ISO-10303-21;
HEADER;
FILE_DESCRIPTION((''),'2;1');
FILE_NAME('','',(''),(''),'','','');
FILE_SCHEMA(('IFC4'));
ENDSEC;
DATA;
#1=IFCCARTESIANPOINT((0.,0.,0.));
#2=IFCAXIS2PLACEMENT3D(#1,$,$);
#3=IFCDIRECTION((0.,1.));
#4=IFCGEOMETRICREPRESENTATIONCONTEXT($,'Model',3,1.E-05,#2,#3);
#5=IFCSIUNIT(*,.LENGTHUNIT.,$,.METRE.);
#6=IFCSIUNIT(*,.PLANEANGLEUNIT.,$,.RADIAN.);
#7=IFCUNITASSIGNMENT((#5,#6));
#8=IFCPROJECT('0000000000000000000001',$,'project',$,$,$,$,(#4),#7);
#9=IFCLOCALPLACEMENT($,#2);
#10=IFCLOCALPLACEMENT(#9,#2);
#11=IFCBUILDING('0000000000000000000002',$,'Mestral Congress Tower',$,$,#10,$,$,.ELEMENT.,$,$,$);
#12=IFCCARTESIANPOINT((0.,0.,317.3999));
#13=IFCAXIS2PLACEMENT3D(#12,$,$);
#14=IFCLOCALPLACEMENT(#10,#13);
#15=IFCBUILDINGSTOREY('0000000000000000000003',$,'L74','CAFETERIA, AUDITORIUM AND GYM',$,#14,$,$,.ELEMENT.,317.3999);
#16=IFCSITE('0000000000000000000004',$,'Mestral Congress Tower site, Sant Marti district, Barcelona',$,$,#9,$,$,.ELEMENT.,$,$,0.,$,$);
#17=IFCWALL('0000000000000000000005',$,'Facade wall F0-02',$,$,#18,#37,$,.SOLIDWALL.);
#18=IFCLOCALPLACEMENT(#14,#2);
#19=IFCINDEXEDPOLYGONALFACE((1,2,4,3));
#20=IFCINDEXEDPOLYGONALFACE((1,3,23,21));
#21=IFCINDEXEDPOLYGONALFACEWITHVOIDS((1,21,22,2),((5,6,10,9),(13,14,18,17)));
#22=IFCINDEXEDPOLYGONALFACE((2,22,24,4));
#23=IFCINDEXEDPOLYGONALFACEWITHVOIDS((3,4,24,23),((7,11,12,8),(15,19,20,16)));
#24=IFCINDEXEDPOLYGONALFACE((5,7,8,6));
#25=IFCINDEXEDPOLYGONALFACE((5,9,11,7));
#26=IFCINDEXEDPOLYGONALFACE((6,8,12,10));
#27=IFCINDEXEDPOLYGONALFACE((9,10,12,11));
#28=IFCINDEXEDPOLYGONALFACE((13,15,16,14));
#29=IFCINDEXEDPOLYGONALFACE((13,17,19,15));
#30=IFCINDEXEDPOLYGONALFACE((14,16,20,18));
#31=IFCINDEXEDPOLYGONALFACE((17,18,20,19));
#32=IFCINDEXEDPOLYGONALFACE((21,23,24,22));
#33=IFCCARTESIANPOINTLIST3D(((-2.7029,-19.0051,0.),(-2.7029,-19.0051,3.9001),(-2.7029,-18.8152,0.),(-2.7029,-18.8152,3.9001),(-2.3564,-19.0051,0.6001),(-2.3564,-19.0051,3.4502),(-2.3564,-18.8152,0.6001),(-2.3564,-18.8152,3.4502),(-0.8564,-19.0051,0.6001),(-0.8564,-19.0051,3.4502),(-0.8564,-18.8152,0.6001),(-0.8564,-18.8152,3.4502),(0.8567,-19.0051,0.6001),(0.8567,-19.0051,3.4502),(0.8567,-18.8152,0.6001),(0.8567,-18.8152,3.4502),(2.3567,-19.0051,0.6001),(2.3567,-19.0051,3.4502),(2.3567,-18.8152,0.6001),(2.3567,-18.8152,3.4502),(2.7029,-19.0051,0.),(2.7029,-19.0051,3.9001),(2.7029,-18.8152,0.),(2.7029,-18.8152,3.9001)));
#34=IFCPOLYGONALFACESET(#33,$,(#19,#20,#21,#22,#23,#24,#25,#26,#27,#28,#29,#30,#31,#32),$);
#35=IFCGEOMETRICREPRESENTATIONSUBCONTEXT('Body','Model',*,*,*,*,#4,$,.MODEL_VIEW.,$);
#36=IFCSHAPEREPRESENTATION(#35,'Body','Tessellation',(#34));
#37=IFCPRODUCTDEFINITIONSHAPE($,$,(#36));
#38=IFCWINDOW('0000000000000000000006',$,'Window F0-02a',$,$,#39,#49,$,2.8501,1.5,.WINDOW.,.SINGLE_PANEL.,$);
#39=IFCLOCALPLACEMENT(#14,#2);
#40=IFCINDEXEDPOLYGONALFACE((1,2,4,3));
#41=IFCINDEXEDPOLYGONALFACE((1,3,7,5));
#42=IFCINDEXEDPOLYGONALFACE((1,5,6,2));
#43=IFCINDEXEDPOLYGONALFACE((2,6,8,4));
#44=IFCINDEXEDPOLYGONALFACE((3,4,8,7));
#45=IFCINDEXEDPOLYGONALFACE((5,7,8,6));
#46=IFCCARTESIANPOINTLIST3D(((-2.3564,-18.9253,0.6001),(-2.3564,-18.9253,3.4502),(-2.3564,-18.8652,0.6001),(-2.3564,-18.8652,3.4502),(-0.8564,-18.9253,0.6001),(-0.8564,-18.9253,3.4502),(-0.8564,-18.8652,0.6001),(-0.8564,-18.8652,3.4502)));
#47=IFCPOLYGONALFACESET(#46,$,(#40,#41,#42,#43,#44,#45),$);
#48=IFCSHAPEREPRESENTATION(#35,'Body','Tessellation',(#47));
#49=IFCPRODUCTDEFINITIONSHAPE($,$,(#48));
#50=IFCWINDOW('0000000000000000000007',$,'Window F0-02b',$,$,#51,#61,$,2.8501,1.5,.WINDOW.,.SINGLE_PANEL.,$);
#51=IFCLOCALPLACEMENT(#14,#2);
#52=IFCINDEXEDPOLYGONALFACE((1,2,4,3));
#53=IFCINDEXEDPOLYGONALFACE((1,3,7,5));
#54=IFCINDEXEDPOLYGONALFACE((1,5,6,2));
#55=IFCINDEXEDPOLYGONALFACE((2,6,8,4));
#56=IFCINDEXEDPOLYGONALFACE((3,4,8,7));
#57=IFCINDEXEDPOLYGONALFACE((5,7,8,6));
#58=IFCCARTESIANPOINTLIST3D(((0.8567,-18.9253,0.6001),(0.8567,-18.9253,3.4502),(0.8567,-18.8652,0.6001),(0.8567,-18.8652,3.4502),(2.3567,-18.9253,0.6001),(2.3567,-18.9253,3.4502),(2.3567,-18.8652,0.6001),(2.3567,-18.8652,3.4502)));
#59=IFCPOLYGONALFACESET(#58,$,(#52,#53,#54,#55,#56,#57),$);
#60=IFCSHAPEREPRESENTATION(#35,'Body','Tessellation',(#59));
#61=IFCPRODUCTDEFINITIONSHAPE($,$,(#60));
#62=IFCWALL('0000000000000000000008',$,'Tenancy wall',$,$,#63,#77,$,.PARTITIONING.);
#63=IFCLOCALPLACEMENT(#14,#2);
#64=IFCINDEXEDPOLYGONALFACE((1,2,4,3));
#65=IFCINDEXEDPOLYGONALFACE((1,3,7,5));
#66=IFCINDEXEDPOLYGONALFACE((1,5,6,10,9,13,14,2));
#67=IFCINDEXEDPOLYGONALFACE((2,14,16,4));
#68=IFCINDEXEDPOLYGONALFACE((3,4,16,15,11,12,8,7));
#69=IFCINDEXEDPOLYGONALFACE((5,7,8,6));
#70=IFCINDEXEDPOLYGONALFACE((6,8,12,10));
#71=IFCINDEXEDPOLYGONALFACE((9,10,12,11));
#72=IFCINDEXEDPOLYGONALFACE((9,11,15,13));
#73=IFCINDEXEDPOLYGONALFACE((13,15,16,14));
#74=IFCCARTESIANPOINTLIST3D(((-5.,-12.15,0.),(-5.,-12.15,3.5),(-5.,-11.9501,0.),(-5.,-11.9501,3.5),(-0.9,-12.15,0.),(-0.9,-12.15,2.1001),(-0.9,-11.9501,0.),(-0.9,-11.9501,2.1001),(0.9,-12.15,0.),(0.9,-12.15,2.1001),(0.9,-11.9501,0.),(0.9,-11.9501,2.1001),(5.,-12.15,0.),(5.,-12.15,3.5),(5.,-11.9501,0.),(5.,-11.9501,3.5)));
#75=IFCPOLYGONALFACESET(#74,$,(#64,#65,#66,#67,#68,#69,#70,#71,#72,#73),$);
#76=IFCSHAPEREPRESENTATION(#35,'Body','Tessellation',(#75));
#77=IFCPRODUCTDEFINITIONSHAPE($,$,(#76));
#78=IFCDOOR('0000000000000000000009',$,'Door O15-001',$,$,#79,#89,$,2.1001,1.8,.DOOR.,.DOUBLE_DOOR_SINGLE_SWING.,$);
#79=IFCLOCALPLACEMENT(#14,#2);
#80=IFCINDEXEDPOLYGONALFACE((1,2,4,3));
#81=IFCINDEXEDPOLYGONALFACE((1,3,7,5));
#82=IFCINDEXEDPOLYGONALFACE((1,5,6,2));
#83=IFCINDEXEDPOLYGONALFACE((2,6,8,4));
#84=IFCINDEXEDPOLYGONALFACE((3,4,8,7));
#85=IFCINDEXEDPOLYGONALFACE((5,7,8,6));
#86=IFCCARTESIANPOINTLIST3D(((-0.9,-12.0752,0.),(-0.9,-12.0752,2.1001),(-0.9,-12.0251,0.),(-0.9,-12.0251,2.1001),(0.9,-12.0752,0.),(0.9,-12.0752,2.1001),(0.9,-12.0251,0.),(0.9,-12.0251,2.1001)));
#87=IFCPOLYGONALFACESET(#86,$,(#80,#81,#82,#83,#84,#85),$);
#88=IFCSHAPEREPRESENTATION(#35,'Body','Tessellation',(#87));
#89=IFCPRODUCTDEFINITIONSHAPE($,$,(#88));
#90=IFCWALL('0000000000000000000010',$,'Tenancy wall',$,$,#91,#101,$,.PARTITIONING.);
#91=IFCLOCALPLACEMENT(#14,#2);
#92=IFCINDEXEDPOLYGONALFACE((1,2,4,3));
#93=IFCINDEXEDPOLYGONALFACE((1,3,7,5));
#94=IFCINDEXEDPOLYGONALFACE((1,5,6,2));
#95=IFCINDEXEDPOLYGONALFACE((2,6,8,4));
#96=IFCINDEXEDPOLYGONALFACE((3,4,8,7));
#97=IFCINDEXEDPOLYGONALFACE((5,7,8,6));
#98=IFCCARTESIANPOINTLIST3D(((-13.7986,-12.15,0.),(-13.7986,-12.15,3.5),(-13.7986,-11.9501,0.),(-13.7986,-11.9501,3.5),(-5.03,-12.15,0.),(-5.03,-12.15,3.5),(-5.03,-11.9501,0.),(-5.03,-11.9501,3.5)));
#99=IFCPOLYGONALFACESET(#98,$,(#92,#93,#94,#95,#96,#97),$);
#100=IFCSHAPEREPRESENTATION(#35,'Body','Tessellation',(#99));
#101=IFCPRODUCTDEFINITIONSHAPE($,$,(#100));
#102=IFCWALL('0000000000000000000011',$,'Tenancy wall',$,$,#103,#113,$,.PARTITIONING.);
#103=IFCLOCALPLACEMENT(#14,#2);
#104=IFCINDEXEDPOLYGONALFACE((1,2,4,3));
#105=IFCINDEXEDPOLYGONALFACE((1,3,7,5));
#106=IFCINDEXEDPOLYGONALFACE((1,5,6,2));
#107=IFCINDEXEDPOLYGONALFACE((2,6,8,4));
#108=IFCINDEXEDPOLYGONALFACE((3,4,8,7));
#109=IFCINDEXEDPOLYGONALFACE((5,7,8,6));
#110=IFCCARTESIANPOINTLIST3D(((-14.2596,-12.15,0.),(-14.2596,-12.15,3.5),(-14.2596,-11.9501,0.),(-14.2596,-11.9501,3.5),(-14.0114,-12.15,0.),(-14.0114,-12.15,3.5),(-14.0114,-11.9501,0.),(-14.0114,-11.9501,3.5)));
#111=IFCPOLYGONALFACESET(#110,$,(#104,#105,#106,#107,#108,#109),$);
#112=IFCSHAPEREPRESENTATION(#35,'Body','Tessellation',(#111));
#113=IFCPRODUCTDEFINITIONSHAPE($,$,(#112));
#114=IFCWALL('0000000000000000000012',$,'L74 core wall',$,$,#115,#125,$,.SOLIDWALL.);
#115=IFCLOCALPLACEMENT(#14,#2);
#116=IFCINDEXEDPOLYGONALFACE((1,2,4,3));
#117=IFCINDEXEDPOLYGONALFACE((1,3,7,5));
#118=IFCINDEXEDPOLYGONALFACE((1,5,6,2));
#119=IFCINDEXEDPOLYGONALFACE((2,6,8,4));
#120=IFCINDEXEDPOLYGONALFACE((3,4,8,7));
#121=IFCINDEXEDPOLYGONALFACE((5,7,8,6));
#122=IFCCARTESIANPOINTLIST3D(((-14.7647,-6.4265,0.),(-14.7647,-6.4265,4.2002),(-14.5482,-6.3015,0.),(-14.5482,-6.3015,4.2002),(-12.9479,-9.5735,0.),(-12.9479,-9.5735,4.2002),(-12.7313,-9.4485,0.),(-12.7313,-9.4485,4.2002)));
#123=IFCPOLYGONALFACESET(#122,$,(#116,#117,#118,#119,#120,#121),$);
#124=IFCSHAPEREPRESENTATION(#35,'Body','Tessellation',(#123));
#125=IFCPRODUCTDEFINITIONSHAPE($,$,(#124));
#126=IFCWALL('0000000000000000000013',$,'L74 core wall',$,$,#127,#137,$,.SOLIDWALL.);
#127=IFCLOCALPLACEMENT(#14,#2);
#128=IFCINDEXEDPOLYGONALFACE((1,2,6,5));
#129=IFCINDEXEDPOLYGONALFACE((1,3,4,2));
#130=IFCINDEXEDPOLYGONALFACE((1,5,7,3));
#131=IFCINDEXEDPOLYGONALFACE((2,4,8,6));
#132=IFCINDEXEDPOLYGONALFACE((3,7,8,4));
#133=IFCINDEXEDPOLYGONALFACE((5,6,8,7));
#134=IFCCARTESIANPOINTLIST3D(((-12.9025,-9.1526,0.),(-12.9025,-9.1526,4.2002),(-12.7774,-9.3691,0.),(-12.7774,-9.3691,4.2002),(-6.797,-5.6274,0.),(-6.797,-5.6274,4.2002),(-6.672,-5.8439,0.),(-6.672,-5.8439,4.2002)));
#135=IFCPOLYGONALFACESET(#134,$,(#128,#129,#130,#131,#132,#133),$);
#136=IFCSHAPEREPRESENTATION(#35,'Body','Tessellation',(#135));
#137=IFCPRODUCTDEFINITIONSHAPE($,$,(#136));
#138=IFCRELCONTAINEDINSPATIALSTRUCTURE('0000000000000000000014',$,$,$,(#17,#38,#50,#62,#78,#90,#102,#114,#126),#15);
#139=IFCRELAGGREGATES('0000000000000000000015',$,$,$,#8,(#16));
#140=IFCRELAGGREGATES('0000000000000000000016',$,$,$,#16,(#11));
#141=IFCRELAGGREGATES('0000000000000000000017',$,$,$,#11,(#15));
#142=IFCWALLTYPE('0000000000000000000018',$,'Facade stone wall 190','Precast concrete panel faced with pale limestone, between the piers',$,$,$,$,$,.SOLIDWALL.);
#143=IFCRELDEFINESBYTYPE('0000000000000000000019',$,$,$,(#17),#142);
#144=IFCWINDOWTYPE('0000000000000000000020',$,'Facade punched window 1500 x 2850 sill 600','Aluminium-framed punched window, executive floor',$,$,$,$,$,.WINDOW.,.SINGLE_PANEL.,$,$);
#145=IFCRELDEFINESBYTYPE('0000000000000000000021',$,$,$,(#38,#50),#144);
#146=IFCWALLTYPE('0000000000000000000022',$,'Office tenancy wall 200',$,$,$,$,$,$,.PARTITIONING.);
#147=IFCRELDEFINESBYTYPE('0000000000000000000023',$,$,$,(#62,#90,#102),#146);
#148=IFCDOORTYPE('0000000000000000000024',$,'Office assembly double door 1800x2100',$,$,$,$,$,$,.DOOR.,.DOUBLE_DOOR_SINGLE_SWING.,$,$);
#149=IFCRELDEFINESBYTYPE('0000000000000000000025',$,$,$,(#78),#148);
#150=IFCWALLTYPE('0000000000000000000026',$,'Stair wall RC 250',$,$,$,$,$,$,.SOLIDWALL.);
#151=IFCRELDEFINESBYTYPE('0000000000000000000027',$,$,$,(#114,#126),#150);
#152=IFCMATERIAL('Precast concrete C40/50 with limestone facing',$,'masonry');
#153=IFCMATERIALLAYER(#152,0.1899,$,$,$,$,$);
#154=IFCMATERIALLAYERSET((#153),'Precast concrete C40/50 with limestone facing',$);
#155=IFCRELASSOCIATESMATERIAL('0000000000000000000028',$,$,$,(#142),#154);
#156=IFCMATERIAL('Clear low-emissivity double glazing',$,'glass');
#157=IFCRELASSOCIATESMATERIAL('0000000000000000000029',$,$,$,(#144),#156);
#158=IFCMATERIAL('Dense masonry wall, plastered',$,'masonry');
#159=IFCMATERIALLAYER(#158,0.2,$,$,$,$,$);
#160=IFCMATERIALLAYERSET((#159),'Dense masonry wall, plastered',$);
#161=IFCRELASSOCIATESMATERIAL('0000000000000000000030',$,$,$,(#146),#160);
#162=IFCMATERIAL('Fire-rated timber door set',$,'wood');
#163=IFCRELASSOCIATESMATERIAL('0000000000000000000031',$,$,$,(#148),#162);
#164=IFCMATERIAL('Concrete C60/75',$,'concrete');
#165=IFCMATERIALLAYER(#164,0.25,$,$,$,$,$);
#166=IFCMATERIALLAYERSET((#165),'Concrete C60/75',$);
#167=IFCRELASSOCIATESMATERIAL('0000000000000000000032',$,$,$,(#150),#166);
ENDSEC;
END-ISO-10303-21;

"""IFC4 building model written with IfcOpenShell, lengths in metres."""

from ifc_helpers import new_model, si_unit, direction, frame, frame_2d, origin, place, context, subcontext, project, spatial, rectangle, extrude, material, layer, layer_set, type_object, element, fill, save


model = new_model("IFC4")

# Units and contexts
model_context = context("Model", 3, precision=1e-05, world=origin(), true_north=direction((0.0, 1.0)))
body_context = subcontext(model_context, "Body", "Model", "MODEL_VIEW")
ifc_project = project(units=[si_unit("LENGTHUNIT", "METRE"), si_unit("PLANEANGLEUNIT", "RADIAN")], contexts=[model_context])

# Site, building, storey
site_placement = place(None, origin())
site = spatial("IfcSite", under=ifc_project, at=site_placement, Name="Mestral Congress Tower site, Sant Marti district, Barcelona", CompositionType="ELEMENT", RefElevation=0.0)
building_placement = place(site_placement, origin())
building = spatial("IfcBuilding", under=site, at=building_placement, Name="Mestral Congress Tower", CompositionType="ELEMENT")
storey_placement = place(building_placement, frame((0.0, 0.0, 317.3999)))
storey = spatial("IfcBuildingStorey", under=building, at=storey_placement, Name="L74", Description="CAFETERIA, AUDITORIUM AND GYM", CompositionType="ELEMENT", Elevation=317.3999)

# Shared definitions
ifc_material_1 = material(Name="Concrete C60/75", Category="concrete")

# Wall, openings, windows
ifc_material_2 = material(Name="Precast concrete C40/50 with limestone facing", Category="masonry")
ifc_layer_1 = layer(ifc_material_2, 0.1899)
ifc_layer_set_1 = layer_set([ifc_layer_1], Name="Precast concrete C40/50 with limestone facing")
wall_type_1 = type_object("IfcWallType", Name="Facade stone wall 190", Description="Precast concrete panel faced with pale limestone, between the piers", PredefinedType="SOLIDWALL", material=ifc_layer_set_1)
ifc_material_3 = material(Name="Clear low-emissivity double glazing", Category="glass")
window_type = type_object("IfcWindowType", Name="Facade punched window 1500 x 2850 sill 600", Description="Aluminium-framed punched window, executive floor", PartitioningType="SINGLE_PANEL", PredefinedType="WINDOW", material=ifc_material_3)
wall_1_placement = place(storey_placement, frame((-2.7029, -18.9102, 0.0), z_axis=(0.0, 0.0, 1.0), x_axis=(1.0, 0.0, 0.0)))
wall_1 = element("IfcWall", 1, at=wall_1_placement, inside=storey, type_object=wall_type_1, Name="Facade wall F0-02", PredefinedType="SOLIDWALL", context=body_context, shape_type="SweptSolid", body=[
    extrude(rectangle(XDim=5.4058, YDim=0.1899, at=frame_2d((2.7029, 0.0))), origin(), (0.0, 0.0, 1.0), 3.9001),
])
opening_1_placement = place(wall_1_placement, frame((0.3464, 0.0, 0.6001)))
opening_1 = element("IfcOpeningElement", 2, at=opening_1_placement, cuts=wall_1, PredefinedType="OPENING", context=body_context, shape_type="SweptSolid", body=[
    extrude(rectangle(XDim=1.5, YDim=2.8501, at=frame_2d((0.75, 1.425))), frame((0.0, 0.105, 0.0), z_axis=(0.0, -1.0, 0.0), x_axis=(1.0, 0.0, 0.0)), (0.0, 0.0, 1.0), 0.21),
])
opening_2_placement = place(wall_1_placement, frame((3.5596, 0.0, 0.6001)))
opening_2 = element("IfcOpeningElement", 3, at=opening_2_placement, cuts=wall_1, PredefinedType="OPENING", context=body_context, shape_type="SweptSolid", body=[
    extrude(rectangle(XDim=1.5, YDim=2.8501, at=frame_2d((0.75, 1.425))), frame((0.0, 0.105, 0.0), z_axis=(0.0, -1.0, 0.0), x_axis=(1.0, 0.0, 0.0)), (0.0, 0.0, 1.0), 0.21),
])
window_1_placement = place(opening_1_placement, origin())
window_1 = element("IfcWindow", 4, at=window_1_placement, inside=storey, type_object=window_type, Name="Window F0-02a", OverallHeight=2.8501, OverallWidth=1.5, PartitioningType="SINGLE_PANEL", PredefinedType="WINDOW", context=body_context, shape_type="SweptSolid", body=[
    extrude(rectangle(XDim=1.5, YDim=2.8501, at=frame_2d((0.75, 1.425))), frame((0.0, 0.0449, 0.0), z_axis=(0.0, -1.0, 0.0), x_axis=(1.0, 0.0, 0.0)), (0.0, 0.0, 1.0), 0.0601),
])
fill(opening_1, window_1)
window_2_placement = place(opening_2_placement, origin())
window_2 = element("IfcWindow", 5, at=window_2_placement, inside=storey, type_object=window_type, Name="Window F0-02b", OverallHeight=2.8501, OverallWidth=1.5, PartitioningType="SINGLE_PANEL", PredefinedType="WINDOW", context=body_context, shape_type="SweptSolid", body=[
    extrude(rectangle(XDim=1.5, YDim=2.8501, at=frame_2d((0.75, 1.425))), frame((0.0, 0.0449, 0.0), z_axis=(0.0, -1.0, 0.0), x_axis=(1.0, 0.0, 0.0)), (0.0, 0.0, 1.0), 0.0601),
])
fill(opening_2, window_2)

# Wall, opening, door
ifc_material_4 = material(Name="Dense masonry wall, plastered", Category="masonry")
ifc_layer_2 = layer(ifc_material_4, 0.2)
ifc_layer_set_2 = layer_set([ifc_layer_2], Name="Dense masonry wall, plastered")
wall_type_2 = type_object("IfcWallType", Name="Office tenancy wall 200", PredefinedType="PARTITIONING", material=ifc_layer_set_2)
wall_2_placement = place(storey_placement, frame((-5.0, -12.05, 0.0), z_axis=(0.0, 0.0, 1.0), x_axis=(1.0, 0.0, 0.0)))
wall_2 = element("IfcWall", 6, at=wall_2_placement, inside=storey, type_object=wall_type_2, Name="Tenancy wall", PredefinedType="PARTITIONING", context=body_context, shape_type="SweptSolid", body=[
    extrude(rectangle(XDim=10.0, YDim=0.2, at=frame_2d((5.0, 0.0))), origin(), (0.0, 0.0, 1.0), 3.5),
])
opening_3_placement = place(wall_2_placement, frame((4.1001, 0.0, 0.0)))
opening_3 = element("IfcOpeningElement", 7, at=opening_3_placement, cuts=wall_2, PredefinedType="OPENING", context=body_context, shape_type="SweptSolid", body=[
    extrude(rectangle(XDim=1.8, YDim=2.1001, at=frame_2d((0.8999, 1.05))), frame((0.0, 0.1099, 0.0), z_axis=(0.0, -1.0, 0.0), x_axis=(1.0, 0.0, 0.0)), (0.0, 0.0, 1.0), 0.22),
])
ifc_material_5 = material(Name="Fire-rated timber door set", Category="wood")
door_type = type_object("IfcDoorType", Name="Office assembly double door 1800x2100", OperationType="DOUBLE_DOOR_SINGLE_SWING", PredefinedType="DOOR", material=ifc_material_5)
door_placement = place(opening_3_placement, origin())
door = element("IfcDoor", 8, at=door_placement, inside=storey, type_object=door_type, Name="Door O15-001", OperationType="DOUBLE_DOOR_SINGLE_SWING", OverallHeight=2.1001, OverallWidth=1.8, PredefinedType="DOOR", context=body_context, shape_type="SweptSolid", body=[
    extrude(rectangle(XDim=1.8, YDim=2.1001, at=frame_2d((0.8999, 1.05))), frame((0.0, 0.0249, 0.0), z_axis=(0.0, -1.0, 0.0), x_axis=(1.0, 0.0, 0.0)), (0.0, 0.0, 1.0), 0.05),
])
fill(opening_3, door)

# Walls
wall_3_placement = place(storey_placement, frame((-13.7986, -12.05, 0.0), z_axis=(0.0, 0.0, 1.0), x_axis=(1.0, 0.0, 0.0)))
element("IfcWall", 9, at=wall_3_placement, inside=storey, type_object=wall_type_2, Name="Tenancy wall", PredefinedType="PARTITIONING", context=body_context, shape_type="SweptSolid", body=[
    extrude(rectangle(XDim=8.7686, YDim=0.2, at=frame_2d((4.3843, 0.0))), origin(), (0.0, 0.0, 1.0), 3.5),
])
wall_4_placement = place(storey_placement, frame((-14.2595, -12.05, 0.0), z_axis=(0.0, 0.0, 1.0), x_axis=(1.0, 0.0, 0.0)))
element("IfcWall", 10, at=wall_4_placement, inside=storey, type_object=wall_type_2, Name="Tenancy wall", PredefinedType="PARTITIONING", context=body_context, shape_type="SweptSolid", body=[
    extrude(rectangle(XDim=0.2483, YDim=0.2, at=frame_2d((0.124, 0.0))), origin(), (0.0, 0.0, 1.0), 3.5),
])
ifc_layer_3 = layer(ifc_material_1, 0.25)
ifc_layer_set_3 = layer_set([ifc_layer_3], Name="Concrete C60/75")
wall_type_3 = type_object("IfcWallType", Name="Stair wall RC 250", PredefinedType="SOLIDWALL", material=ifc_layer_set_3)
wall_5_placement = place(storey_placement, frame((-12.8396, -9.511, 0.0), z_axis=(0.0, 0.0, 1.0), x_axis=(-0.499998, 0.866027, 0.0)))
element("IfcWall", 11, at=wall_5_placement, inside=storey, type_object=wall_type_3, Name="L74 core wall", PredefinedType="SOLIDWALL", context=body_context, shape_type="SweptSolid", body=[
    extrude(rectangle(XDim=3.6338, YDim=0.25, at=frame_2d((1.8169, 0.0))), origin(), (0.0, 0.0, 1.0), 4.2002),
])
wall_6_placement = place(storey_placement, frame((-12.8398, -9.2607, 0.0), z_axis=(0.0, 0.0, 1.0), x_axis=(0.866016, 0.500016, 0.0)))
element("IfcWall", 12, at=wall_6_placement, inside=storey, type_object=wall_type_3, Name="L74 core wall", PredefinedType="SOLIDWALL", context=body_context, shape_type="SweptSolid", body=[
    extrude(rectangle(XDim=7.05, YDim=0.25, at=frame_2d((3.5249, 0.0))), origin(), (0.0, 0.0, 1.0), 4.2002),
])

save(model, "model.ifc")
